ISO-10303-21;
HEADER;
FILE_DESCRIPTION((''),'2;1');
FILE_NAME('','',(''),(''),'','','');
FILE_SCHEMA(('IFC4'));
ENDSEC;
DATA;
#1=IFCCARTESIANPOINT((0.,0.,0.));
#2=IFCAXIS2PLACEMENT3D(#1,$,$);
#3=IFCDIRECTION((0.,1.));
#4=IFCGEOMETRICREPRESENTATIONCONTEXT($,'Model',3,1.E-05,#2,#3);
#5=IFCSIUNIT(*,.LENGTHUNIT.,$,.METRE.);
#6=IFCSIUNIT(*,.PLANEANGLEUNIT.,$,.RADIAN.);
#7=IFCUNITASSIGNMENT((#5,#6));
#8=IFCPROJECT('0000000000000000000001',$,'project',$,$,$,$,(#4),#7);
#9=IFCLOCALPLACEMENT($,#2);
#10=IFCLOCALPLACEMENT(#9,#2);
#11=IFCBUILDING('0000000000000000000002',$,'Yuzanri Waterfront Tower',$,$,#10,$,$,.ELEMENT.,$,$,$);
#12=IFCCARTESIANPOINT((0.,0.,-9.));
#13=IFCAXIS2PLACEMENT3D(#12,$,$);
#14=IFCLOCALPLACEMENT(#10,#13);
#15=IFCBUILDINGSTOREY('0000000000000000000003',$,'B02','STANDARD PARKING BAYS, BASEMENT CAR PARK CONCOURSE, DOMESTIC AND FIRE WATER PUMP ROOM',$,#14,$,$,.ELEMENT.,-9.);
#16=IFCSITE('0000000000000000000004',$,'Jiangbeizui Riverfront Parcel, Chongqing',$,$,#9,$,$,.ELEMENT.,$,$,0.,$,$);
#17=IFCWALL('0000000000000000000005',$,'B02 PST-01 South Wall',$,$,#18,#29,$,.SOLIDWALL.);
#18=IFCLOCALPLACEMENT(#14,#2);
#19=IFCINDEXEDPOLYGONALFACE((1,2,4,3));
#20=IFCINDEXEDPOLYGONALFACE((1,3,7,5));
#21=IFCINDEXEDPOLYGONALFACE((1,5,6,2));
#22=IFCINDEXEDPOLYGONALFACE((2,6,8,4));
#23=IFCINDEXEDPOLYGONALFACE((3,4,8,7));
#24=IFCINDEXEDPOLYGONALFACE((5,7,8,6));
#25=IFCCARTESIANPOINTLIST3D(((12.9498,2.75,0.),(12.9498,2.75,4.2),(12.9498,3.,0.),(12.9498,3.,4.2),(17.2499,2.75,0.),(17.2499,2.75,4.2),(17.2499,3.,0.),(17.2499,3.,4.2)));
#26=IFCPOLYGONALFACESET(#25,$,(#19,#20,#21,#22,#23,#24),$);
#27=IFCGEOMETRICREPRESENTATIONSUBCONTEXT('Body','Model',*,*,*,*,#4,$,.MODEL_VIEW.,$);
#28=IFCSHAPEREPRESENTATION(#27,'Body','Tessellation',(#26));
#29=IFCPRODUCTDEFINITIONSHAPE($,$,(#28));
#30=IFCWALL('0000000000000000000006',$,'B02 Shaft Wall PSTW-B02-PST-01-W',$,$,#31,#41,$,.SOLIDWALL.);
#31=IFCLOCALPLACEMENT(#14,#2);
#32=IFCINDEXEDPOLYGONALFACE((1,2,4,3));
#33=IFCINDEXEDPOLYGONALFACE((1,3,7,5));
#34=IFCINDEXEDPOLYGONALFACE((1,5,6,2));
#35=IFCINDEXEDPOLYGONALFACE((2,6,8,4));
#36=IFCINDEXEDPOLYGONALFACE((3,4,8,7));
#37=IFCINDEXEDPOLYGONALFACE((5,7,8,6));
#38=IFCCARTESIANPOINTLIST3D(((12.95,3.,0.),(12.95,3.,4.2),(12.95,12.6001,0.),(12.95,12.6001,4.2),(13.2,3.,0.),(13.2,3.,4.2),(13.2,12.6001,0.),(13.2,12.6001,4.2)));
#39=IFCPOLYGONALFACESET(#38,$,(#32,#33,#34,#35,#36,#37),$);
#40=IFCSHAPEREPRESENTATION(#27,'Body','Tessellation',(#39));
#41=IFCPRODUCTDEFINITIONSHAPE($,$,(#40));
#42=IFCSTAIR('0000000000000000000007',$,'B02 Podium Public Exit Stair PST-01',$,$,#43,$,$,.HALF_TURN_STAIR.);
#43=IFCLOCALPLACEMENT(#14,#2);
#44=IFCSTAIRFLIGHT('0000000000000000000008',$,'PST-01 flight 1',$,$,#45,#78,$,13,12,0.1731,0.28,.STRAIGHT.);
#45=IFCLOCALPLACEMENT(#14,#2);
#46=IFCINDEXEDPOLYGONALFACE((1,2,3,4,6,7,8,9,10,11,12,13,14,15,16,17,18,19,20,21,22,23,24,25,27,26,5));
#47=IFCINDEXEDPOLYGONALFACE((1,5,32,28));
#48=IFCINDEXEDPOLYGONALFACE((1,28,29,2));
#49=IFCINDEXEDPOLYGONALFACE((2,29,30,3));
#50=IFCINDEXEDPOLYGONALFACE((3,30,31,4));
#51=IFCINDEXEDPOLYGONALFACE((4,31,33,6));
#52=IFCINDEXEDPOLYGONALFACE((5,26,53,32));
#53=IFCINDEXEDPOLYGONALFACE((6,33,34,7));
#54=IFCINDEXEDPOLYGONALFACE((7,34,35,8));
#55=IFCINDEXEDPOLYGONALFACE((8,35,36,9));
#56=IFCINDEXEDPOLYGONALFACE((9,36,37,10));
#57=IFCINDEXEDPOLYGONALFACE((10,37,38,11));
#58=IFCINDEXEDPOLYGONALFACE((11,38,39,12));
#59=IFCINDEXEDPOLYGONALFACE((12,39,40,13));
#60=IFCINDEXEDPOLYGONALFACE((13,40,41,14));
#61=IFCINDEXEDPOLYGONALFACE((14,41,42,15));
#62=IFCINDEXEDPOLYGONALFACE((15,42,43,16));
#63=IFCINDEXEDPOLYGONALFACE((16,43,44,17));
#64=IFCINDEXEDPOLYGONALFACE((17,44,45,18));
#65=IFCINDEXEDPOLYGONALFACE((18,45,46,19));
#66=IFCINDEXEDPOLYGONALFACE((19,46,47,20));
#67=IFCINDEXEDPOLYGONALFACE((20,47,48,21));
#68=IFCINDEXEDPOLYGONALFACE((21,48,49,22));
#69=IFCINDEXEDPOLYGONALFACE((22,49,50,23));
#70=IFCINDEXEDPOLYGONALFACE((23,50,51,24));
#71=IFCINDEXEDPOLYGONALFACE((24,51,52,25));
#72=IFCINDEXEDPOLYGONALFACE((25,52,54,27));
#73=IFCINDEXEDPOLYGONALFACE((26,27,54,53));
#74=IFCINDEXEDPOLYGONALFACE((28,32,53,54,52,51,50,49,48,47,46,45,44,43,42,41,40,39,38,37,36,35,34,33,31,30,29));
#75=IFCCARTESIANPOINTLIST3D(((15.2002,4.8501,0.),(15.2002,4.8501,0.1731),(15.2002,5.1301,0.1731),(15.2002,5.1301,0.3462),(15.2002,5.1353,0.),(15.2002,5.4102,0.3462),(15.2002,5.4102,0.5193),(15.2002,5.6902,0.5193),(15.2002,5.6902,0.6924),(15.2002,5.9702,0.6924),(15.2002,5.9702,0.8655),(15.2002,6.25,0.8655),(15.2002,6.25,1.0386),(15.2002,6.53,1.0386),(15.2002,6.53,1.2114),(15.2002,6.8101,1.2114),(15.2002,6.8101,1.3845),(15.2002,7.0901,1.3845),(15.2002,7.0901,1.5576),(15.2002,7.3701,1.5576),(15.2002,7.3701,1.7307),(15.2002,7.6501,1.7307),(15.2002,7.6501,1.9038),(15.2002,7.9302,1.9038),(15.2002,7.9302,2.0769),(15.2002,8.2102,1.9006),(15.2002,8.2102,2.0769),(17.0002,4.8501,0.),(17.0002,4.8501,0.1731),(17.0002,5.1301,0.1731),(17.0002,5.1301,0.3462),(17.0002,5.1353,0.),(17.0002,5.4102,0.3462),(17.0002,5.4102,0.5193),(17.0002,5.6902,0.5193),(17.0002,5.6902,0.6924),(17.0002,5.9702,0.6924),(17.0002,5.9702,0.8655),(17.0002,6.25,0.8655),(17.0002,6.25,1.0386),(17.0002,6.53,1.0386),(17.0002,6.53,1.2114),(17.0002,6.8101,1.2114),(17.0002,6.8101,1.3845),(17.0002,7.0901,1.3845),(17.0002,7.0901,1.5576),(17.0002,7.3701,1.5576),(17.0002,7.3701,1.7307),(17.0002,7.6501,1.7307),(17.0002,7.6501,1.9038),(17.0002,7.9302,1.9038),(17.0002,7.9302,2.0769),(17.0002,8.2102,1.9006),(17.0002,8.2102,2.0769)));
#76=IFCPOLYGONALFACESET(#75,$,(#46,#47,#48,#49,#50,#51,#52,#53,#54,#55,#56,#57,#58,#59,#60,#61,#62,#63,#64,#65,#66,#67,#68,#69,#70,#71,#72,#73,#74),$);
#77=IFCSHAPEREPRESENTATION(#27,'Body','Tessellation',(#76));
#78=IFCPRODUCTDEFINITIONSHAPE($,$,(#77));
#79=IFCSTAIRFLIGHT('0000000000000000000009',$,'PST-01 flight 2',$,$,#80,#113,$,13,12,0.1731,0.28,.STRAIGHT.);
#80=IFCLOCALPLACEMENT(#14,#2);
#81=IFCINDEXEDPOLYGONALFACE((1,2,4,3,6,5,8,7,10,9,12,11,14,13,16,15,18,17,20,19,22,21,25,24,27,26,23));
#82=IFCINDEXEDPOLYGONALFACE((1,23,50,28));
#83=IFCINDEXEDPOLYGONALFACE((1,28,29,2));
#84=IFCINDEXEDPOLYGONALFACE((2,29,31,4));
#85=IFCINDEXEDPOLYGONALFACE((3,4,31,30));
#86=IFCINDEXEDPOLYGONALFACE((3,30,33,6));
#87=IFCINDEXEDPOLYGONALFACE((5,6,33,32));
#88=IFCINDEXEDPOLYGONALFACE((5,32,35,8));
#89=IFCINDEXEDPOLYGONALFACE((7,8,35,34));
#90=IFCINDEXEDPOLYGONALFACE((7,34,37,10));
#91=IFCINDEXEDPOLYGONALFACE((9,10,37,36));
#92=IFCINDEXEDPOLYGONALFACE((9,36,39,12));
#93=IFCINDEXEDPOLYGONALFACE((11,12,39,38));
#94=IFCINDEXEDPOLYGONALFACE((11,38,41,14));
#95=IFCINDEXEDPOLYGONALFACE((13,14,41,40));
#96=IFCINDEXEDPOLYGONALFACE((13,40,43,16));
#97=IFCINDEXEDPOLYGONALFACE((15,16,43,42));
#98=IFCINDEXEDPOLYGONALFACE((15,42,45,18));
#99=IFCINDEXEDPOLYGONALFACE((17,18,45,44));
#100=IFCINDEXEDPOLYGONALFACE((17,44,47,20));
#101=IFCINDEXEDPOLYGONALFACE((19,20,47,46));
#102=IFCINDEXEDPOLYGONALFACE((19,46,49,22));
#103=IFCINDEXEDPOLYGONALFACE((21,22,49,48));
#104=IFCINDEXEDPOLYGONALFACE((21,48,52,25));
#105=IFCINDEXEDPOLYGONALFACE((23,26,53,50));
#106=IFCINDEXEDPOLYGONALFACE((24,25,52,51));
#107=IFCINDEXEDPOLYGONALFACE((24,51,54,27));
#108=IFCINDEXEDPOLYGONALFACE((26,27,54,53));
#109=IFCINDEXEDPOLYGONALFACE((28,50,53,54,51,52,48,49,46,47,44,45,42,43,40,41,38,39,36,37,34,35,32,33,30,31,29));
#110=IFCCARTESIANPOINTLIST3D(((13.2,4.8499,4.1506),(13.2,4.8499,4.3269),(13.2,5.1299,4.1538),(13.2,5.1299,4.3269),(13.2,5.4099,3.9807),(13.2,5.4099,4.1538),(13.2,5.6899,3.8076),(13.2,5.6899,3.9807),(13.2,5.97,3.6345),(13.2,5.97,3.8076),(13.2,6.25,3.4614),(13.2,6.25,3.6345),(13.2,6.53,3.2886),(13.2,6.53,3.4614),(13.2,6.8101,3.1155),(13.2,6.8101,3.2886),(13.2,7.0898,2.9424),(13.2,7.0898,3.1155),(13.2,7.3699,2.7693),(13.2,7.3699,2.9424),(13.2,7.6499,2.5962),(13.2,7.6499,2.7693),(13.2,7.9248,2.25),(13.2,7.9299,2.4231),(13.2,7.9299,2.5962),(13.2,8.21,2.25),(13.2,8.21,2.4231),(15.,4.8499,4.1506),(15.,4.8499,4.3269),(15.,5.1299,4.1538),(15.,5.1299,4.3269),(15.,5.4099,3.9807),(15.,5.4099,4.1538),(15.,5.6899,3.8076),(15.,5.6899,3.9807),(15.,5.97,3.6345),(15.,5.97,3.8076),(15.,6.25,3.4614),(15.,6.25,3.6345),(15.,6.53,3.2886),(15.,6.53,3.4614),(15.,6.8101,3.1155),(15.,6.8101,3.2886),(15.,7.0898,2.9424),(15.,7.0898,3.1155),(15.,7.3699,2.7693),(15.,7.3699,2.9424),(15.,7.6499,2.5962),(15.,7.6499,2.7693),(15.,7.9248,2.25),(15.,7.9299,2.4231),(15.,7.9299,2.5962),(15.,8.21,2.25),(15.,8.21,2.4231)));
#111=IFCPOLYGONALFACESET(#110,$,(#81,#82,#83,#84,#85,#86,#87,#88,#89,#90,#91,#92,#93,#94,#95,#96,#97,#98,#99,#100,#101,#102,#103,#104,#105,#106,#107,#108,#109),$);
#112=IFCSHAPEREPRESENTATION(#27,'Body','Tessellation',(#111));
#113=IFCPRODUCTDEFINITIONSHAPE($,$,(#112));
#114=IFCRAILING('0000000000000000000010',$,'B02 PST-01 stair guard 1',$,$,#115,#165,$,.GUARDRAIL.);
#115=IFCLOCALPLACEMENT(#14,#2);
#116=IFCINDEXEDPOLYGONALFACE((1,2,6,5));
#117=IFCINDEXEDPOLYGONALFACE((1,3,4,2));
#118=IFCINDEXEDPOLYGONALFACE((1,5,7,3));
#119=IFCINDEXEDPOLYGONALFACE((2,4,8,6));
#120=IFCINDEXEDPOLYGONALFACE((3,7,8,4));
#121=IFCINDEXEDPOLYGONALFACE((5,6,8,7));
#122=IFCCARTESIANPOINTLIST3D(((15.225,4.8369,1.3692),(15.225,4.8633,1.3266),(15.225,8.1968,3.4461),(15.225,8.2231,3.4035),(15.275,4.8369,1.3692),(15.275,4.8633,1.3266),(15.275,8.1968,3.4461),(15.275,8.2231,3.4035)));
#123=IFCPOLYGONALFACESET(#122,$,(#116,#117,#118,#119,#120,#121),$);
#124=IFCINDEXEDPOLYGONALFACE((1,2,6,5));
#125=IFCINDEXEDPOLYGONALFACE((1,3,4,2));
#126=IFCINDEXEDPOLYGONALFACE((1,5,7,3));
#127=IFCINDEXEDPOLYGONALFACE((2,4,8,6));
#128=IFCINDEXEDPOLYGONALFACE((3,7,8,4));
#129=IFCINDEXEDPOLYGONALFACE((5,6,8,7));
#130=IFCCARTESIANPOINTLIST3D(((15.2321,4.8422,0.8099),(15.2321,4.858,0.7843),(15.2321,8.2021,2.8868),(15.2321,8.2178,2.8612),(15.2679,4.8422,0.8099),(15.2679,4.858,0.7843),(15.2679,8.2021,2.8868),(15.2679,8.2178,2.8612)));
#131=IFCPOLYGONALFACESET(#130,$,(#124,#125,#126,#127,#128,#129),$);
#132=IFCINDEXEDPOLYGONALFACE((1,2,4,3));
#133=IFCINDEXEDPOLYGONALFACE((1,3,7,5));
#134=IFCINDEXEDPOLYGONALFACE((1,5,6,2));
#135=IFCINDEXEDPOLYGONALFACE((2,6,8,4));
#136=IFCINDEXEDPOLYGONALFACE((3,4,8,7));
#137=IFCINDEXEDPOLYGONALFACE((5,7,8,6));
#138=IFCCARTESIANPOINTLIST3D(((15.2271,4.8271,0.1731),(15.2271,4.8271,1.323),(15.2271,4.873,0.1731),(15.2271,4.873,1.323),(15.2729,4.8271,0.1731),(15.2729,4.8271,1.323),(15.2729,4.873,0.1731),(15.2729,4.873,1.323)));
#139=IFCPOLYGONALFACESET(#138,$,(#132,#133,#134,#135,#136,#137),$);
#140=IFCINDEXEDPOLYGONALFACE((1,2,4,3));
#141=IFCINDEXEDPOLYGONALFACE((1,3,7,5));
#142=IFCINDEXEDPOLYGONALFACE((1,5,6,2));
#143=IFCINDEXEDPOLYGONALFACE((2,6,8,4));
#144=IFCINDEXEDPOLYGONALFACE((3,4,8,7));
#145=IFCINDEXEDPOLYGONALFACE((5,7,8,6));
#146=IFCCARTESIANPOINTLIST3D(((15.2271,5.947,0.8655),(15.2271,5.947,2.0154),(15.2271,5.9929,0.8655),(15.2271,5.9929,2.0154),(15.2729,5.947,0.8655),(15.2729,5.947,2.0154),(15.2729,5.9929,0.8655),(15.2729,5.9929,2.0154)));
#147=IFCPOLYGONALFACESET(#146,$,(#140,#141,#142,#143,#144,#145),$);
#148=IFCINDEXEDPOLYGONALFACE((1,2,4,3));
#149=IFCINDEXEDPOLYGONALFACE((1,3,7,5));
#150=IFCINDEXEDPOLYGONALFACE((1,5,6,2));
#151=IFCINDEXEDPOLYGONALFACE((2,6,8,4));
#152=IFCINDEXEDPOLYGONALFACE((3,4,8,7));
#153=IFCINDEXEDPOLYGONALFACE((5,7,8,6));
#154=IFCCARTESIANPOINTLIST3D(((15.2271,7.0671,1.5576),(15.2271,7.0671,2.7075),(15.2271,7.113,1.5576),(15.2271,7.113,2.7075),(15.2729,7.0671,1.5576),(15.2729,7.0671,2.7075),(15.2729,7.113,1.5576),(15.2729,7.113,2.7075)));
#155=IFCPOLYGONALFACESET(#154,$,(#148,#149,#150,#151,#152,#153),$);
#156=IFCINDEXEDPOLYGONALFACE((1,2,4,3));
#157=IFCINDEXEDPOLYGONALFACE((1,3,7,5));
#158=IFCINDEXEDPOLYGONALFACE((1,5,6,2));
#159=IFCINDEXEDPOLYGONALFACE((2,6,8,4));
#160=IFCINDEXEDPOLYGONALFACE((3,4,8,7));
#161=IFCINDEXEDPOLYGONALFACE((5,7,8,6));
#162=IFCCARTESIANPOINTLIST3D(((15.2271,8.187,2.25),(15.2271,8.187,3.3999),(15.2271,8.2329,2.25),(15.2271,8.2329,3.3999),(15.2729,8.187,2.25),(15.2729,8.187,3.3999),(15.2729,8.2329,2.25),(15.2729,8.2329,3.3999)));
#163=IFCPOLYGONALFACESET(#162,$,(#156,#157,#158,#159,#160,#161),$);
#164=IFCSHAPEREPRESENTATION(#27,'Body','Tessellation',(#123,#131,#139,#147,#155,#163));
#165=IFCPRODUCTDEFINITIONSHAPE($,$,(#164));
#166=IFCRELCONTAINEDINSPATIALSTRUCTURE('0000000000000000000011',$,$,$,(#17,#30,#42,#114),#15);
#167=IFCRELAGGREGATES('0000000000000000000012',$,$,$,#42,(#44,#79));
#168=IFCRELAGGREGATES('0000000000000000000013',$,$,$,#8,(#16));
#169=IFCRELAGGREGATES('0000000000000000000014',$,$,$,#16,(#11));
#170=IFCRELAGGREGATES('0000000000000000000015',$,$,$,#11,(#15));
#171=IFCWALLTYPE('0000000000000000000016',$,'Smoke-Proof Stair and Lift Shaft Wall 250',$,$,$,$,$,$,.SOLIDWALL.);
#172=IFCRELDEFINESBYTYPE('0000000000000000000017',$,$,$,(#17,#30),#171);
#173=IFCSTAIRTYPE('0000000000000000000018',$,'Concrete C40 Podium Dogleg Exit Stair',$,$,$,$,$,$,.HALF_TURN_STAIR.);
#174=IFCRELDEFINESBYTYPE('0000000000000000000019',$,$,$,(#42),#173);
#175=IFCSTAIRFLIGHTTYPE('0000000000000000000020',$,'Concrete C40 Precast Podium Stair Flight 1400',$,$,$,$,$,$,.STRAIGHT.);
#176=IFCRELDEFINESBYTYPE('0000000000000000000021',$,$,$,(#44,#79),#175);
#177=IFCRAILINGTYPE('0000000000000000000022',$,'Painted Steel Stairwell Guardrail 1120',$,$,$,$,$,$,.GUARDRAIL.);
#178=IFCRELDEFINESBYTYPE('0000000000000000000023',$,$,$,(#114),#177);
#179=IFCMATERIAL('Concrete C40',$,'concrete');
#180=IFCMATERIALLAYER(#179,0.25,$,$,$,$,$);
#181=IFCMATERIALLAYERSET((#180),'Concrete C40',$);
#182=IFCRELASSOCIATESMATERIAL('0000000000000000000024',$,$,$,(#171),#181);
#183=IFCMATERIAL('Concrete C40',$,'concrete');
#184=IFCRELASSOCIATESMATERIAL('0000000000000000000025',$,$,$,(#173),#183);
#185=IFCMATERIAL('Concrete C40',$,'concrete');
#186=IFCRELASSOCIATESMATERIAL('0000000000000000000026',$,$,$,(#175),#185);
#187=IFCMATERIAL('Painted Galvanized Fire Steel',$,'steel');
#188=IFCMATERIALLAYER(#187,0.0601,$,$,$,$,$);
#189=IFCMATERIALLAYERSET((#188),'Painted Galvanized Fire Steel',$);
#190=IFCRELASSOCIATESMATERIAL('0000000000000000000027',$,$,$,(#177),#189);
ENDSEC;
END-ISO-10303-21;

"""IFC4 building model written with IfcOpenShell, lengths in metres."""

from ifc_helpers import new_model, si_unit, direction, frame, frame_2d, origin, origin_2d, place, context, subcontext, project, spatial, polyline, rectangle, outline, extrude, source, transform, mapped, material, layer, layer_set, type_object, element, aggregate, save


model = new_model("IFC4")

# Units and contexts
model_context = context("Model", 3, precision=1e-05, world=origin(), true_north=direction((0.0, 1.0)))
body_context = subcontext(model_context, "Body", "Model", "MODEL_VIEW")
ifc_project = project(units=[si_unit("LENGTHUNIT", "METRE"), si_unit("PLANEANGLEUNIT", "RADIAN")], contexts=[model_context])

# Site, building, storey
site_placement = place(None, origin())
site = spatial("IfcSite", under=ifc_project, at=site_placement, Name="Jiangbeizui Riverfront Parcel, Chongqing", CompositionType="ELEMENT", RefElevation=0.0)
building_placement = place(site_placement, origin())
building = spatial("IfcBuilding", under=site, at=building_placement, Name="Yuzanri Waterfront Tower", CompositionType="ELEMENT")
storey_placement = place(building_placement, frame((0.0, 0.0, -9.0)))
storey = spatial("IfcBuildingStorey", under=building, at=storey_placement, Name="B02", Description="STANDARD PARKING BAYS, BASEMENT CAR PARK CONCOURSE, DOMESTIC AND FIRE WATER PUMP ROOM", CompositionType="ELEMENT", Elevation=-9.0)

# Shared definitions
ifc_material_1 = material(Name="Concrete C40", Category="concrete")
ifc_layer_1 = layer(ifc_material_1, 0.25)
ifc_layer_set_1 = layer_set([ifc_layer_1], Name="Concrete C40")
wall_type = type_object("IfcWallType", Name="Smoke-Proof Stair and Lift Shaft Wall 250", PredefinedType="SOLIDWALL", material=ifc_layer_set_1)

# Walls
shared_shape_1 = source(origin(), body_context, "Body", "SweptSolid", [
    extrude(rectangle(XDim=4.3, YDim=0.25, at=frame_2d((2.1499, 0.0))), origin(), (0.0, 0.0, 1.0), 4.2),
])
wall_1_placement = place(storey_placement, frame((12.95, 2.875, 0.0), z_axis=(0.0, 0.0, 1.0), x_axis=(1.0, 0.0, 0.0)))
element("IfcWall", 1, at=wall_1_placement, inside=storey, type_object=wall_type, Name="B02 PST-01 South Wall", PredefinedType="SOLIDWALL", context=body_context, shape_type="MappedRepresentation", body=[
    mapped(shared_shape_1, transform((0.0, 0.0, 0.0), scale=1.0)),
])
shared_shape_2 = source(origin(), body_context, "Body", "SweptSolid", [
    extrude(rectangle(XDim=9.6001, YDim=0.25, at=frame_2d((4.8, 0.0))), origin(), (0.0, 0.0, 1.0), 4.2),
])
wall_2_placement = place(storey_placement, frame((13.075, 3.0, 0.0), z_axis=(0.0, 0.0, 1.0), x_axis=(0.0, 1.0, 0.0)))
element("IfcWall", 2, at=wall_2_placement, inside=storey, type_object=wall_type, Name="B02 Shaft Wall PSTW-B02-PST-01-W", PredefinedType="SOLIDWALL", context=body_context, shape_type="MappedRepresentation", body=[
    mapped(shared_shape_2, transform((0.0, 0.0, 0.0), scale=1.0)),
])

# Stair, stair flights
ifc_material_2 = material(Name="Concrete C40", Category="concrete")
stair_type = type_object("IfcStairType", Name="Concrete C40 Podium Dogleg Exit Stair", PredefinedType="HALF_TURN_STAIR", material=ifc_material_2)
stair_placement = place(storey_placement, origin())
stair = element("IfcStair", 3, at=stair_placement, inside=storey, type_object=stair_type, Name="B02 Podium Public Exit Stair PST-01", PredefinedType="HALF_TURN_STAIR")
ifc_material_3 = material(Name="Concrete C40", Category="concrete")
stair_flight_type = type_object("IfcStairFlightType", Name="Concrete C40 Precast Podium Stair Flight 1400", PredefinedType="STRAIGHT", material=ifc_material_3)
shared_shape_3 = source(origin(), body_context, "Body", "SweptSolid", [
    extrude(outline(polyline([(0.0, 0.0), (0.0, 0.1731), (0.28, 0.1731), (0.28, 0.3462), (0.5601, 0.3462), (0.5601, 0.5193), (0.8401, 0.5193), (0.8401, 0.6924), (1.1201, 0.6924), (1.1201, 0.8655), (1.3999, 0.8655), (1.3999, 1.0386), (1.6799, 1.0386), (1.6799, 1.2114), (1.96, 1.2114), (1.96, 1.3845), (2.24, 1.3845), (2.24, 1.5576), (2.52, 1.5576), (2.52, 1.7307), (2.8, 1.7307), (2.8, 1.9038), (3.0801, 1.9038), (3.0801, 2.0769), (3.3601, 2.0769), (3.3601, 2.25), (3.3601, 1.9006), (0.2852, 0.0), (0.0, 0.0)])), frame((0.0, 0.8999, 0.0), z_axis=(0.0, -1.0, 0.0), x_axis=(1.0, 0.0, 0.0)), (0.0, 0.0, 1.0), 1.8),
])
stair_flight_1_placement = place(storey_placement, frame((16.1001, 4.8501, 0.0), z_axis=(0.0, 0.0, 1.0), x_axis=(0.0, 1.0, 0.0)))
stair_flight_1 = element("IfcStairFlight", 4, at=stair_flight_1_placement, type_object=stair_flight_type, Name="PST-01 flight 1", NumberOfRisers=13, NumberOfTreads=12, PredefinedType="STRAIGHT", RiserHeight=0.1731, TreadLength=0.28, context=body_context, shape_type="MappedRepresentation", body=[
    mapped(shared_shape_3, transform((0.0, 0.0, 0.0), scale=1.0)),
])
stair_flight_2_placement = place(storey_placement, frame((14.1001, 8.21, 2.25), z_axis=(0.0, 0.0, 1.0), x_axis=(0.0, -1.0, 0.0)))
stair_flight_2 = element("IfcStairFlight", 5, at=stair_flight_2_placement, type_object=stair_flight_type, Name="PST-01 flight 2", NumberOfRisers=13, NumberOfTreads=12, PredefinedType="STRAIGHT", RiserHeight=0.1731, TreadLength=0.28, context=body_context, shape_type="MappedRepresentation", body=[
    mapped(shared_shape_3, transform((0.0, 0.0, 0.0), scale=1.0)),
])
aggregate(stair, [stair_flight_1, stair_flight_2])

# Railing
ifc_material_4 = material(Name="Painted Galvanized Fire Steel", Category="steel")
ifc_layer_2 = layer(ifc_material_4, 0.0601)
ifc_layer_set_2 = layer_set([ifc_layer_2], Name="Painted Galvanized Fire Steel")
railing_type_1 = type_object("IfcRailingType", Name="Painted Steel Stairwell Guardrail 1120", PredefinedType="GUARDRAIL", material=ifc_layer_set_2)
shared_shape_4 = source(origin(), body_context, "Body", "SweptSolid", [
    extrude(rectangle(XDim=0.05, YDim=0.05, at=origin_2d()), frame((0.0, 0.0, 1.1748), z_axis=(0.0, 0.850606, 0.525803), x_axis=(-1.0, 0.0, 0.0)), (0.0, 0.0, 1.0), 3.95),
    extrude(rectangle(XDim=0.0359, YDim=0.03, at=origin_2d()), frame((0.0, 0.0, 0.624), z_axis=(0.0, 0.850606, 0.525803), x_axis=(-1.0, 0.0, 0.0)), (0.0, 0.0, 1.0), 3.95),
    extrude(rectangle(XDim=0.0459, YDim=0.0459, at=origin_2d()), origin(), (0.0, 0.0, 1.0), 1.1499),
    extrude(rectangle(XDim=0.0459, YDim=0.0459, at=origin_2d()), frame((0.0, 1.1199, 0.6924)), (0.0, 0.0, 1.0), 1.1499),
    extrude(rectangle(XDim=0.0459, YDim=0.0459, at=origin_2d()), frame((0.0, 2.24, 1.3845)), (0.0, 0.0, 1.0), 1.1499),
    extrude(rectangle(XDim=0.0459, YDim=0.0459, at=origin_2d()), frame((0.0, 3.3599, 2.0769)), (0.0, 0.0, 1.0), 1.1499),
])
railing_1_placement = place(storey_placement, frame((15.25, 4.8501, 0.1731)))
element("IfcRailing", 6, at=railing_1_placement, inside=storey, type_object=railing_type_1, Name="B02 PST-01 stair guard 1", PredefinedType="GUARDRAIL", context=body_context, shape_type="MappedRepresentation", body=[
    mapped(shared_shape_4, transform((0.0, 0.0, 0.0), scale=1.0)),
])

save(model, "model.ifc")
